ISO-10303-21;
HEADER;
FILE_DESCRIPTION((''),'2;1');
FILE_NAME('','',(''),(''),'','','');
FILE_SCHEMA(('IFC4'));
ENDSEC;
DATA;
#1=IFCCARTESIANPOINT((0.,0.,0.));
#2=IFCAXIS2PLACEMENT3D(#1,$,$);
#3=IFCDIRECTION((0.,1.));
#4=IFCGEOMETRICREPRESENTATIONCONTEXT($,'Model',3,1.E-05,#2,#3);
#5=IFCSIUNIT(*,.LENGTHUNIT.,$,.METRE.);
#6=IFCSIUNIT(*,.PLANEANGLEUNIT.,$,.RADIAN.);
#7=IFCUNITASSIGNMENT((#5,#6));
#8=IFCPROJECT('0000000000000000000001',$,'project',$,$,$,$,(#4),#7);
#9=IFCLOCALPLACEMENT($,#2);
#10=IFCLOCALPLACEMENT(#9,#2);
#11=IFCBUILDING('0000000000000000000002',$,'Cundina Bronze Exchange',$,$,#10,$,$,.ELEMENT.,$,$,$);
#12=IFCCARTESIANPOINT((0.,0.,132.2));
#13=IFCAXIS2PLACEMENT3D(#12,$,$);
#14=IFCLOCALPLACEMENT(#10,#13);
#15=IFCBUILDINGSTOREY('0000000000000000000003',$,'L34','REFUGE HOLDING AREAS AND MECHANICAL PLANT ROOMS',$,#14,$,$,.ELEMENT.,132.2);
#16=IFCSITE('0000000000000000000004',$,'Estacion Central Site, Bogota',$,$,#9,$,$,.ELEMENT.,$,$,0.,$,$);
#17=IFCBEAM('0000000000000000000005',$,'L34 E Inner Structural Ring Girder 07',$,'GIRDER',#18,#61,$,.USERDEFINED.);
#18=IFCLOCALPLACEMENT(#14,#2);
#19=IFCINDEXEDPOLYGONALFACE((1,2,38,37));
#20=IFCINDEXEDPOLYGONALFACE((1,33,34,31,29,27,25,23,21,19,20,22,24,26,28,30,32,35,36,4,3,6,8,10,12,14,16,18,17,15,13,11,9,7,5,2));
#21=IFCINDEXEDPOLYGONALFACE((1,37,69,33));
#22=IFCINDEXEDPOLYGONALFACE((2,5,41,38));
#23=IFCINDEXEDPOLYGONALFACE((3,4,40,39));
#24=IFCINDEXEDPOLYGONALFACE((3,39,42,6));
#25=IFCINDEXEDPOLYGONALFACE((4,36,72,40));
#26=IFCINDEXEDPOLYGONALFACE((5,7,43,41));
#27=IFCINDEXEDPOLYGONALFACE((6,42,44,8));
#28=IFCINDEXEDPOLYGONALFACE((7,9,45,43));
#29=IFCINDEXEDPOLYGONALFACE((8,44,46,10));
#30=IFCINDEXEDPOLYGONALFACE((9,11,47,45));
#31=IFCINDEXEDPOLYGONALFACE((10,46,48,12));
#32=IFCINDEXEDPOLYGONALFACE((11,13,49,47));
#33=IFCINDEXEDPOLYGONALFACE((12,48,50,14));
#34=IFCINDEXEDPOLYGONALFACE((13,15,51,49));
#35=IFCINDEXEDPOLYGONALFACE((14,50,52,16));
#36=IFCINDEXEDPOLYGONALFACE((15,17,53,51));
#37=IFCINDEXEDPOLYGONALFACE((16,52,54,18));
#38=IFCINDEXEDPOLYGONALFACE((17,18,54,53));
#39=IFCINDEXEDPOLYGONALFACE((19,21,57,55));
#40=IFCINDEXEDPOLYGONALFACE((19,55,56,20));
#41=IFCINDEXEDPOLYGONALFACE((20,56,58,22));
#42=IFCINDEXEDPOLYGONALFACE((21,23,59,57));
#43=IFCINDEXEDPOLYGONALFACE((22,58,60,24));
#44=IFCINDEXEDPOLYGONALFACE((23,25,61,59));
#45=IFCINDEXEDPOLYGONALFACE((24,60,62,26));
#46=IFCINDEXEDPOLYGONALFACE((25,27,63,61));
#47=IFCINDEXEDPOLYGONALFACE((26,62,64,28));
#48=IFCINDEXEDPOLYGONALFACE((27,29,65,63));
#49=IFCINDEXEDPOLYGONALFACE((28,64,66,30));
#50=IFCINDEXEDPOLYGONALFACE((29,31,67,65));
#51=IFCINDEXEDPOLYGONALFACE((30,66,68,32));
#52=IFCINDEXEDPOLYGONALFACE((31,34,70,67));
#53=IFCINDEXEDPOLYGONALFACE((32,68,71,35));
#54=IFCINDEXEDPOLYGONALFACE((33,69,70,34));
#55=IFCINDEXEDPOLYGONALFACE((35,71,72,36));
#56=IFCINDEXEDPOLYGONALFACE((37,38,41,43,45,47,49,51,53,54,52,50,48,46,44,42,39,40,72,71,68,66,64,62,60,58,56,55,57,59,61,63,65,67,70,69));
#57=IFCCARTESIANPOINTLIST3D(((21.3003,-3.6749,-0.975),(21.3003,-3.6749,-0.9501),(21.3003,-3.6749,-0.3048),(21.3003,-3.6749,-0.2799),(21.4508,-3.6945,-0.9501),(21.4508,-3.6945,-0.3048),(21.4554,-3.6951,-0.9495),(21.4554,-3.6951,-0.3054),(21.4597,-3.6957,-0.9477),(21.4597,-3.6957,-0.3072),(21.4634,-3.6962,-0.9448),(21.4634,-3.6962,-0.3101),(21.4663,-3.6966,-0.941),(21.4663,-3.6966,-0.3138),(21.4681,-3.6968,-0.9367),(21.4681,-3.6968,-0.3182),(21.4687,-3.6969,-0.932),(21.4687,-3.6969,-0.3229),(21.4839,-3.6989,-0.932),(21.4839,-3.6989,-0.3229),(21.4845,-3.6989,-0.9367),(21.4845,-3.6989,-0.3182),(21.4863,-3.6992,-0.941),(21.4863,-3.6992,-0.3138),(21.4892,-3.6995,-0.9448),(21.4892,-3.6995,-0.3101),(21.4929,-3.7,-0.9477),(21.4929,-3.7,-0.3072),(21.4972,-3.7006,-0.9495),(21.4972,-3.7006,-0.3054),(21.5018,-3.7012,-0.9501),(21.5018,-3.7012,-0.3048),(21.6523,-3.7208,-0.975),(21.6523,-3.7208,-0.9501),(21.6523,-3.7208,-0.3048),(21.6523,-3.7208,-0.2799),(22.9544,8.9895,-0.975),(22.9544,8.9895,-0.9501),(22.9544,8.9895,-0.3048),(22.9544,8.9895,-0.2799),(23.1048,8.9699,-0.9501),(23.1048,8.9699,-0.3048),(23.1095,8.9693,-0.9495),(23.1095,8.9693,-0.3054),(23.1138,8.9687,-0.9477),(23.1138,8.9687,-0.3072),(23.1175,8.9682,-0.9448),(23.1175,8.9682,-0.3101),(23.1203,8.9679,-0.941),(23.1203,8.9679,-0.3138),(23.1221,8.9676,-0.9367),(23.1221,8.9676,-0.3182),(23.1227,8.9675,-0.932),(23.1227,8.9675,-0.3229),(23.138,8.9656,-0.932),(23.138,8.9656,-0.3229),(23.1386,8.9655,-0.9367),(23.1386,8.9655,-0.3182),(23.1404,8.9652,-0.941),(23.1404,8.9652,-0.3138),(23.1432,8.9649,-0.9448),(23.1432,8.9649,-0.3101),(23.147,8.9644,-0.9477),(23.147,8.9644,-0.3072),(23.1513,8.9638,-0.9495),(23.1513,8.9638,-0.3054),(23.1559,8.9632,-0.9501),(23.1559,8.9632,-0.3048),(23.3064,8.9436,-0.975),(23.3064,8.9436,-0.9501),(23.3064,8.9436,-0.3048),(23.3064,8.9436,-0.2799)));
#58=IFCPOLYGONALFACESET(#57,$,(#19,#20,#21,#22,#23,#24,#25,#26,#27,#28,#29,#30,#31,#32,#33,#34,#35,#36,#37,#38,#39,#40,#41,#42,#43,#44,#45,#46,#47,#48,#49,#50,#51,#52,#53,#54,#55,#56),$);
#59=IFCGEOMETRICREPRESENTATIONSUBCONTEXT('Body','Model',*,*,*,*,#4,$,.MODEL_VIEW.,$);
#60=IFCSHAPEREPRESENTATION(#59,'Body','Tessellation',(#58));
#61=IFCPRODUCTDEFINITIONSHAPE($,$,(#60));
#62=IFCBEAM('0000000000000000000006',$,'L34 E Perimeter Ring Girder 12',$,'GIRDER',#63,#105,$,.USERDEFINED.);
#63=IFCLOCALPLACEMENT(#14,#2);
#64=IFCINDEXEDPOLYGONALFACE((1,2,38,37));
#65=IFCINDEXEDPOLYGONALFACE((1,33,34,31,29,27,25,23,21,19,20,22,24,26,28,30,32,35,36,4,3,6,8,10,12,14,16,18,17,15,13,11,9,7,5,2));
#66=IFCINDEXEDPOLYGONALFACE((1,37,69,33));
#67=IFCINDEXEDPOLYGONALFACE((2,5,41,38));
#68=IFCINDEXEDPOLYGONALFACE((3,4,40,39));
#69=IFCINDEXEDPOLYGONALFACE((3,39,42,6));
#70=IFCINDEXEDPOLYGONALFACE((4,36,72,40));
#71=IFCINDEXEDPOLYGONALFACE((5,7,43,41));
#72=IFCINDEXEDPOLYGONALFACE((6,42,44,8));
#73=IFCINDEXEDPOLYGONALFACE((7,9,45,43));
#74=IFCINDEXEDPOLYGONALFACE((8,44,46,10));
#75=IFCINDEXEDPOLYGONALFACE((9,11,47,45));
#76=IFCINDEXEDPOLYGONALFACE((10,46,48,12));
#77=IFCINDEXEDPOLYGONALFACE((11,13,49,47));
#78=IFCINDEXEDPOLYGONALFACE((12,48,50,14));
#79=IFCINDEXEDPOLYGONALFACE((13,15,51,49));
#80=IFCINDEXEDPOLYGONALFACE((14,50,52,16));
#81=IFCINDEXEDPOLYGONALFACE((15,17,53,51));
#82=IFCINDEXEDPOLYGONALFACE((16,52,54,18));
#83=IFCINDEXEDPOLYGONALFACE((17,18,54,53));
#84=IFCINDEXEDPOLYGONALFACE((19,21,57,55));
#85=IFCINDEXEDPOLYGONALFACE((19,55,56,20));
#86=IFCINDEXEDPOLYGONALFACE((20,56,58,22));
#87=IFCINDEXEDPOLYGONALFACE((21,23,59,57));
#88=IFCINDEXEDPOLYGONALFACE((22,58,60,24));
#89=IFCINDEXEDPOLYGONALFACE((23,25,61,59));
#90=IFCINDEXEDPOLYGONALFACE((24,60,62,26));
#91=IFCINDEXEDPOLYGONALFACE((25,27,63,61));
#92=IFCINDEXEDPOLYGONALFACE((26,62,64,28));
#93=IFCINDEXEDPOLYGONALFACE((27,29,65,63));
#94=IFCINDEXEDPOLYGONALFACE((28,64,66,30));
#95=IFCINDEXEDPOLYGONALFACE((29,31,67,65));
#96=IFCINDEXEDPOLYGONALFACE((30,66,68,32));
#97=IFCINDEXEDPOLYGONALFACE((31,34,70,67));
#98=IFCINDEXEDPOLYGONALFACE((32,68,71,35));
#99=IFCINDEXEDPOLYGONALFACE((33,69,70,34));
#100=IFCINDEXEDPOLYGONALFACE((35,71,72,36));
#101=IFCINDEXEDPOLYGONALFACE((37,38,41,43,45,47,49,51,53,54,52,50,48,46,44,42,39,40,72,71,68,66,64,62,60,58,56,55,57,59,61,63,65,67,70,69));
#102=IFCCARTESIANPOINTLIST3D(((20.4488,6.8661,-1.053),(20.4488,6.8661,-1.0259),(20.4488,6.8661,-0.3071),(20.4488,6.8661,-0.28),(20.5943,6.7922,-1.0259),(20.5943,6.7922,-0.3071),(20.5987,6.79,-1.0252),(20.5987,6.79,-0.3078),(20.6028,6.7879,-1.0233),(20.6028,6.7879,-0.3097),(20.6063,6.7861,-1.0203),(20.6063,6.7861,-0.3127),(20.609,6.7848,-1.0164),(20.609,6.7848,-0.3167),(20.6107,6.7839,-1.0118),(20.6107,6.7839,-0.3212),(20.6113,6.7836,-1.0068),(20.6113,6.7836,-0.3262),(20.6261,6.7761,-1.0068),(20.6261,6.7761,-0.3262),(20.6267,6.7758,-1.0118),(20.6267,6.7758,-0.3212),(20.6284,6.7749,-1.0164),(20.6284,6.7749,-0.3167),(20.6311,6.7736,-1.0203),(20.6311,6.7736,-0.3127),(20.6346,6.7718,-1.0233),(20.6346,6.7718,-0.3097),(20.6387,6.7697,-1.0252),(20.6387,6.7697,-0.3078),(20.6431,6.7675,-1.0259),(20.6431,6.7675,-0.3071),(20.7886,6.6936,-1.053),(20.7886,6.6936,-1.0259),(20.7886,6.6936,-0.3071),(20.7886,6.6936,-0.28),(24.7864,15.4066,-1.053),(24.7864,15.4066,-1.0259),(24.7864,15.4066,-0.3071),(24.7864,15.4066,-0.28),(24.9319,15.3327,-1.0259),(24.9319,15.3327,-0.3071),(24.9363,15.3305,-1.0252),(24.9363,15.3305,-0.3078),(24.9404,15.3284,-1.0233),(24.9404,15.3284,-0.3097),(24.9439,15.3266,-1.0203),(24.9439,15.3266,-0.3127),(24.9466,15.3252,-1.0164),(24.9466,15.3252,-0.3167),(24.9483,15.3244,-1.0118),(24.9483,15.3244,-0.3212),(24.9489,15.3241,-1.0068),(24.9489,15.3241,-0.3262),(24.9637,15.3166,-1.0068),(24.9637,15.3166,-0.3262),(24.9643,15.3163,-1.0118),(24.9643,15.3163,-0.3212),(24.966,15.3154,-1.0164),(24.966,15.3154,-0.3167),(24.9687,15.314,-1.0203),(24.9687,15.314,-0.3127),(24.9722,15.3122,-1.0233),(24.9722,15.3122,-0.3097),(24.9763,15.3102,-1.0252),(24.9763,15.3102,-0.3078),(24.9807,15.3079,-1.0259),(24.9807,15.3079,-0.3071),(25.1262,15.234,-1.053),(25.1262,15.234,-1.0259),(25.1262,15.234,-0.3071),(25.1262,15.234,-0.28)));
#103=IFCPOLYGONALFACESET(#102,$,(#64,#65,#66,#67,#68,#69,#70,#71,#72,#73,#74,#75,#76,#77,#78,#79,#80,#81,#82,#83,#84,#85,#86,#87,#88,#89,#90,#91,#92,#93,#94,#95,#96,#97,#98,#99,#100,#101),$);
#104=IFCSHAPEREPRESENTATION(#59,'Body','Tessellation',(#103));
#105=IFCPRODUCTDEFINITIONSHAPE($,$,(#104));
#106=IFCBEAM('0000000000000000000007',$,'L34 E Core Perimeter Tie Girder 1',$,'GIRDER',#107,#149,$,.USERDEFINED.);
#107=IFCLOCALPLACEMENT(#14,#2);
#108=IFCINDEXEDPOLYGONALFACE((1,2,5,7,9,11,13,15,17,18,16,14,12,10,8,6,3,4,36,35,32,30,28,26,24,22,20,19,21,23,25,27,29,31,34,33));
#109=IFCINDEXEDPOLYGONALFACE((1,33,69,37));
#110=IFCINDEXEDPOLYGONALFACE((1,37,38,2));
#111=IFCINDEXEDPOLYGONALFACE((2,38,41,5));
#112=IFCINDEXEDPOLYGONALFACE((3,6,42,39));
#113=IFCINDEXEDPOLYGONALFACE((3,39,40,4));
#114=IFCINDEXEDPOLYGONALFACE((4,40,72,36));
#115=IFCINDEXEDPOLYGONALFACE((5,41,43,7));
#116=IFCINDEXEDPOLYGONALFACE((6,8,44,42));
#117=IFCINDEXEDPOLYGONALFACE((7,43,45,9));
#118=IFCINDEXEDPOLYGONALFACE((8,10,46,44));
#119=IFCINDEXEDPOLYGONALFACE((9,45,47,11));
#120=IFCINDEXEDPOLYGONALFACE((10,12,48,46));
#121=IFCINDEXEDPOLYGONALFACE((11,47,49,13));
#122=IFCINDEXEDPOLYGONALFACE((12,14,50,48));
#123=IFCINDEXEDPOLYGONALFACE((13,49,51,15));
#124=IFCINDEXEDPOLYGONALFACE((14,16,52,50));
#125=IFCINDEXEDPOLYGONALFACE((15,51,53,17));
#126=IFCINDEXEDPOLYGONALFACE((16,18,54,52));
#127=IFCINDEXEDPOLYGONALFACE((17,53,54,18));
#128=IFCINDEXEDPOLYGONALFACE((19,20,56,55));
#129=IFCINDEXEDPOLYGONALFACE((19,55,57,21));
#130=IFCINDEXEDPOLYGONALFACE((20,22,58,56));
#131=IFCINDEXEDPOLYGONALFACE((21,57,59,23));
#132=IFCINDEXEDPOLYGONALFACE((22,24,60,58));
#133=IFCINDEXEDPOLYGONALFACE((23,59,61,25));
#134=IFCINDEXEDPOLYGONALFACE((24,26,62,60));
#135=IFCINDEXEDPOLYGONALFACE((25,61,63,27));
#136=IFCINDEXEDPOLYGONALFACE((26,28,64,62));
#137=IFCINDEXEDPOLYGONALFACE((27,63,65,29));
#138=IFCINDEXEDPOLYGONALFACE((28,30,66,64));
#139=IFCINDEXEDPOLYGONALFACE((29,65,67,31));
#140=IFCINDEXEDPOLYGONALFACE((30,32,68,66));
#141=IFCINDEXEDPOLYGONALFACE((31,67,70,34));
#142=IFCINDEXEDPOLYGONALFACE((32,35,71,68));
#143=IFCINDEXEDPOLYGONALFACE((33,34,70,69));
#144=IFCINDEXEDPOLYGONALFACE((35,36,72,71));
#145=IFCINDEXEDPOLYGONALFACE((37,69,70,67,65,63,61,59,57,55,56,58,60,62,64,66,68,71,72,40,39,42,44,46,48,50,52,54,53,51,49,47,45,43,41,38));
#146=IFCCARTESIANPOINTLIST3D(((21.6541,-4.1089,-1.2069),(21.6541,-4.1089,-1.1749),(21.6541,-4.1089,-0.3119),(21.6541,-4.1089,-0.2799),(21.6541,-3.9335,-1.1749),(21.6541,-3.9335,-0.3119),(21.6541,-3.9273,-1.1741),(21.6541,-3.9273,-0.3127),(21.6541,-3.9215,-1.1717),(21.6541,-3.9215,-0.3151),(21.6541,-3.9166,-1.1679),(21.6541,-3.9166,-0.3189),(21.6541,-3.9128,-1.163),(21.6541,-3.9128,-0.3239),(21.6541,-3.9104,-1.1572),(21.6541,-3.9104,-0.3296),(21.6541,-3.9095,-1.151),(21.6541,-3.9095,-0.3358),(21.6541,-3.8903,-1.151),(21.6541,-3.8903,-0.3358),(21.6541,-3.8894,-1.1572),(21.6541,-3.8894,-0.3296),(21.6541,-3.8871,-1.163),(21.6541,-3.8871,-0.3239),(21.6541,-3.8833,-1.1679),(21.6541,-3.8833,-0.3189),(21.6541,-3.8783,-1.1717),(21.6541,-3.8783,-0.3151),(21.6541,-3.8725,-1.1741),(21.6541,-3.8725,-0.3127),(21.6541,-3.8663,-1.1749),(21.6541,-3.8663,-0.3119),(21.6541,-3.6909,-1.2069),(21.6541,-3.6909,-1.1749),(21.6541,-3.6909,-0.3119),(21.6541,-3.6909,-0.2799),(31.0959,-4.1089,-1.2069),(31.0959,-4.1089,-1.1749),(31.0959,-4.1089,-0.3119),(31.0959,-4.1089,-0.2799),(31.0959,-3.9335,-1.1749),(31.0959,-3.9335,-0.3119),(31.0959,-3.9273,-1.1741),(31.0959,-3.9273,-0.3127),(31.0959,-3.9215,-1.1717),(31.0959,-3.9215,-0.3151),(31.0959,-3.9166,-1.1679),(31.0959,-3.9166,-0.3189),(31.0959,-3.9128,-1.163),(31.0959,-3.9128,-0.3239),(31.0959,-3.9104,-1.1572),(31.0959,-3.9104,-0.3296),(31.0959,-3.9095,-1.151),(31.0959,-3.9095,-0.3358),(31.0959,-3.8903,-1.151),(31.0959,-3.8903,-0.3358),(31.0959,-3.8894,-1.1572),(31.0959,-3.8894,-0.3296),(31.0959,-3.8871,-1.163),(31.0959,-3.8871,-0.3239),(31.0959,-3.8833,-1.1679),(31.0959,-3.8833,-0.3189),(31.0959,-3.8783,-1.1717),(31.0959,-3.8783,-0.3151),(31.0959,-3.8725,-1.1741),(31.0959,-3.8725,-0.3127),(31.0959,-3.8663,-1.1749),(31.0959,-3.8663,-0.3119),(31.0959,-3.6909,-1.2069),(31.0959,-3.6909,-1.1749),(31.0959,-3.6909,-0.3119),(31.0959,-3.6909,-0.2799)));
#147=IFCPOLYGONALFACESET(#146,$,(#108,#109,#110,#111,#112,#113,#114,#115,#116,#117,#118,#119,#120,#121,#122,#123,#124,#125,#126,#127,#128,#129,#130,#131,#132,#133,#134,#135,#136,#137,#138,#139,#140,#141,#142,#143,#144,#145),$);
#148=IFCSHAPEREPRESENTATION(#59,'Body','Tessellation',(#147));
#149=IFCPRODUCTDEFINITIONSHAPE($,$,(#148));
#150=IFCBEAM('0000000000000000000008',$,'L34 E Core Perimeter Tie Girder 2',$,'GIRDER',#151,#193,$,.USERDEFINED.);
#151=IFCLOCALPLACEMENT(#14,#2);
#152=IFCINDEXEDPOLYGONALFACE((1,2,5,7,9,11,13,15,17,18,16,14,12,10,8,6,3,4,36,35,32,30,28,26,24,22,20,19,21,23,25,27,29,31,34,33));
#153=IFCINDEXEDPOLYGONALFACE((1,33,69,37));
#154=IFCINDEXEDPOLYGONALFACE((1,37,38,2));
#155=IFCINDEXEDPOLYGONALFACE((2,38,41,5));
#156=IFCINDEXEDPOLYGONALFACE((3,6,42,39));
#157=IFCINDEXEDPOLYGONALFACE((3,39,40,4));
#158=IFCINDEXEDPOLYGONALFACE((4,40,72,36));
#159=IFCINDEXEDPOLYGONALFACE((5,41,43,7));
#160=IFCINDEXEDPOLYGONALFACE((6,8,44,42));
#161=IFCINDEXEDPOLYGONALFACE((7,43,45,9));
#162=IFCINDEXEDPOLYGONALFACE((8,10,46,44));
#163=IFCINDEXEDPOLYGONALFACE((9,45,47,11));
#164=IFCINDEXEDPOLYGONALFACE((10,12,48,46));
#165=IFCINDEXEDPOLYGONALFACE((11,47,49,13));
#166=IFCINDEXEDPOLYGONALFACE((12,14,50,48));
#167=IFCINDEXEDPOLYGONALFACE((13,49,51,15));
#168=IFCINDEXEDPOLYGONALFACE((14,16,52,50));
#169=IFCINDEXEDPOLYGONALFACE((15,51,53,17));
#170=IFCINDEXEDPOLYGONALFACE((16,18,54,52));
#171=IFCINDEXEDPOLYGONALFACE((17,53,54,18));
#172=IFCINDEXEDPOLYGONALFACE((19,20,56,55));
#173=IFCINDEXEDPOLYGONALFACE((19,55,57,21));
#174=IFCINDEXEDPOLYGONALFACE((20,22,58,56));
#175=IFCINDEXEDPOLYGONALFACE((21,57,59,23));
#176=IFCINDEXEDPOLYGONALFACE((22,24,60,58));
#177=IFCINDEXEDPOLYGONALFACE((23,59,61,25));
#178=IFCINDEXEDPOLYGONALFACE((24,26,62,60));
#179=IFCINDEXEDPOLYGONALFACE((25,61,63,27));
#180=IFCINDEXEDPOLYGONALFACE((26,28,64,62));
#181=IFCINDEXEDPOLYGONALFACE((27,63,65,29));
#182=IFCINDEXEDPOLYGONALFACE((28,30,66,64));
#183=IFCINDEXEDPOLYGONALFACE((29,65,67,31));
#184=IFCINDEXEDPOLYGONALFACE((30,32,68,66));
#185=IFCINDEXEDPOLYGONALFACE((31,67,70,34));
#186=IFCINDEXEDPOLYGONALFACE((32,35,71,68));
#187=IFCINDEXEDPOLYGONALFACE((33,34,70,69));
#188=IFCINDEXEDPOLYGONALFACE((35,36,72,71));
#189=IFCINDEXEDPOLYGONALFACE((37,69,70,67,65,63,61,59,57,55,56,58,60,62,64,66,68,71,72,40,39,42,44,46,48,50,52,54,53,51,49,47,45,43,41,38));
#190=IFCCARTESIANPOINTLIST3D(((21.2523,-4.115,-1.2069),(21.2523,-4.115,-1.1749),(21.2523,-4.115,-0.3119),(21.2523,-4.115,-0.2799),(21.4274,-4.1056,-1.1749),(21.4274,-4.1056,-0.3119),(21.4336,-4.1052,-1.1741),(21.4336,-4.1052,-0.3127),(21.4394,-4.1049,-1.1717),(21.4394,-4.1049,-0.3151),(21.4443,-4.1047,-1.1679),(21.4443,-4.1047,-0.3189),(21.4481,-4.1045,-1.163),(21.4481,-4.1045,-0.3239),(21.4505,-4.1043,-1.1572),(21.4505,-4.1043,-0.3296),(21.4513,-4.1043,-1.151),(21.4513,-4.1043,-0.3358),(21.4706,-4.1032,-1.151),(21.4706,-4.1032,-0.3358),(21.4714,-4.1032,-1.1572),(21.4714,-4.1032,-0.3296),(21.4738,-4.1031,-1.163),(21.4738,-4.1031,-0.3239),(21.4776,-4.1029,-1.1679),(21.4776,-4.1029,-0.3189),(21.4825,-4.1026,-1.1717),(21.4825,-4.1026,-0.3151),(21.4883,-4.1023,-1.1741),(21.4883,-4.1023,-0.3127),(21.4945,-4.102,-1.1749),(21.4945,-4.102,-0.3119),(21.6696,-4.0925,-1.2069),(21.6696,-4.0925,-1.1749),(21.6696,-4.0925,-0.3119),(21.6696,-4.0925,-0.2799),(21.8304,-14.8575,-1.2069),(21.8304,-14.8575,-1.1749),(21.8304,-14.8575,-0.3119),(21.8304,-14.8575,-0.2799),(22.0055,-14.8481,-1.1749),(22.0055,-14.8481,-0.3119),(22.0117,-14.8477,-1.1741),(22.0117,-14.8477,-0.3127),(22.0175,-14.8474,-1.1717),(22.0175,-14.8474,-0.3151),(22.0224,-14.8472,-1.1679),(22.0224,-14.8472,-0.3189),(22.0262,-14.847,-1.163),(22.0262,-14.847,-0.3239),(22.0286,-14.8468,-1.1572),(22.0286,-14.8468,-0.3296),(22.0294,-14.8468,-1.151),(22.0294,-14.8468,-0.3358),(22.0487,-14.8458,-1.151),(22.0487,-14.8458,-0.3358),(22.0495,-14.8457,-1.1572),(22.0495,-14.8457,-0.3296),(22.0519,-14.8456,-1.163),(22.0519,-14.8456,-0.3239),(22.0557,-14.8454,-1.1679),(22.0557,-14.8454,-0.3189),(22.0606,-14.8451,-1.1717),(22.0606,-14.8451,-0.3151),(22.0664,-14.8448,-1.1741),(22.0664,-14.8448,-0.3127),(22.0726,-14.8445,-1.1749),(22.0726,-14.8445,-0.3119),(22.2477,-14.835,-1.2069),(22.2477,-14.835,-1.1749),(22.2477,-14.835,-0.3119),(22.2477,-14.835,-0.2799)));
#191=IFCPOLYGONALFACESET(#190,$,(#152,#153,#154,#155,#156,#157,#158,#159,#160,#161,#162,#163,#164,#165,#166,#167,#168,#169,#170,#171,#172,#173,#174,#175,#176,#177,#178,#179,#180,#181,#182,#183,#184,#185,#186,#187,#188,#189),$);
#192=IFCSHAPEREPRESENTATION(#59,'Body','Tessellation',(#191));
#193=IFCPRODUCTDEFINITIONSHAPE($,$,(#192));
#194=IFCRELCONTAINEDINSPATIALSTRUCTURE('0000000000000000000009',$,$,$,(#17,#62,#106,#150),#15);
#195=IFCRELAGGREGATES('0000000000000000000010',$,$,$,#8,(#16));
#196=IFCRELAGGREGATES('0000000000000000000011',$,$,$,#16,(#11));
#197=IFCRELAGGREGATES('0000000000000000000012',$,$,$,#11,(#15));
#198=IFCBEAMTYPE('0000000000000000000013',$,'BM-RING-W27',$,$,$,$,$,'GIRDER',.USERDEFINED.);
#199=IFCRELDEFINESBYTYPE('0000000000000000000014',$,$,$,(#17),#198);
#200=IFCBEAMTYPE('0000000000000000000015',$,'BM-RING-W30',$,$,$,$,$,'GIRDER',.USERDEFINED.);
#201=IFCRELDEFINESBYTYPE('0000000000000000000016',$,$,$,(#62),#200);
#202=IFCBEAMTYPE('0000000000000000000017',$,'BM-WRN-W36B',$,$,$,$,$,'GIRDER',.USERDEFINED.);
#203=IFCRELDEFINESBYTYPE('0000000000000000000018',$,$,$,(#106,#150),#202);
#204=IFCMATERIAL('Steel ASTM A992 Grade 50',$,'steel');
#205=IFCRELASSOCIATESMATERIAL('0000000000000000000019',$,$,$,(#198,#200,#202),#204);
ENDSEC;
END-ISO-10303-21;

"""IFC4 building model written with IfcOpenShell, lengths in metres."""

from ifc_helpers import new_model, si_unit, direction, frame, origin, origin_2d, place, context, subcontext, project, spatial, i_section, extrude, material, material_profile, profile_set, type_object, element, save


model = new_model("IFC4")

# Units and contexts
model_context = context("Model", 3, precision=1e-05, world=origin(), true_north=direction((0.0, 1.0)))
body_context = subcontext(model_context, "Body", "Model", "MODEL_VIEW")
ifc_project = project(units=[si_unit("LENGTHUNIT", "METRE"), si_unit("PLANEANGLEUNIT", "RADIAN")], contexts=[model_context])

# Site, building, storey
site_placement = place(None, origin())
site = spatial("IfcSite", under=ifc_project, at=site_placement, Name="Estacion Central Site, Bogota", CompositionType="ELEMENT", RefElevation=0.0)
building_placement = place(site_placement, origin())
building = spatial("IfcBuilding", under=site, at=building_placement, Name="Cundina Bronze Exchange", CompositionType="ELEMENT")
storey_placement = place(building_placement, frame((0.0, 0.0, 132.2)))
storey = spatial("IfcBuildingStorey", under=building, at=storey_placement, Name="L34", Description="REFUGE HOLDING AREAS AND MECHANICAL PLANT ROOMS", CompositionType="ELEMENT", Elevation=132.2)

# Shared definitions
ifc_material_1 = material(Name="Steel ASTM A992 Grade 50", Category="steel")

# Beams
ifc_material_profile_1 = material_profile(ifc_material_1, i_section(OverallWidth=0.355, OverallDepth=0.6951, WebThickness=0.0154, FlangeThickness=0.0249, FilletRadius=0.0181, at=origin_2d()), Name="W27X146", Category="steel")
ifc_profile_set_1 = profile_set([ifc_material_profile_1], Name="Steel ASTM A992 Grade 50")
beam_type_1 = type_object("IfcBeamType", Name="BM-RING-W27", ElementType="GIRDER", PredefinedType="USERDEFINED", material=ifc_profile_set_1)
beam_1_placement = place(storey_placement, frame((23.1304, 8.9666, -0.6274), z_axis=(-0.129508, -0.991578, 0.0), x_axis=(0.991578, -0.129508, 0.0)))
element("IfcBeam", 1, at=beam_1_placement, inside=storey, type_object=beam_type_1, Name="L34 E Inner Structural Ring Girder 07", ObjectType="GIRDER", PredefinedType="USERDEFINED", context=body_context, shape_type="SweptSolid", body=[
    extrude(i_section(OverallWidth=0.355, OverallDepth=0.6951, WebThickness=0.0154, FlangeThickness=0.0249, FilletRadius=0.0181, at=origin_2d()), origin(), (0.0, 0.0, 1.0), 12.772),
])
ifc_material_profile_2 = material_profile(ifc_material_1, i_section(OverallWidth=0.3811, OverallDepth=0.7729, WebThickness=0.0166, FlangeThickness=0.0271, FilletRadius=0.019, at=origin_2d()), Name="W30X173", Category="steel")
ifc_profile_set_2 = profile_set([ifc_material_profile_2], Name="Steel ASTM A992 Grade 50")
beam_type_2 = type_object("IfcBeamType", Name="BM-RING-W30", ElementType="GIRDER", PredefinedType="USERDEFINED", material=ifc_profile_set_2)
beam_2_placement = place(storey_placement, frame((24.9563, 15.3203, -0.6665), z_axis=(-0.452832, -0.891596, 0.0), x_axis=(0.891596, -0.452832, 0.0)))
element("IfcBeam", 2, at=beam_2_placement, inside=storey, type_object=beam_type_2, Name="L34 E Perimeter Ring Girder 12", ObjectType="GIRDER", PredefinedType="USERDEFINED", context=body_context, shape_type="SweptSolid", body=[
    extrude(i_section(OverallWidth=0.3811, OverallDepth=0.7729, WebThickness=0.0166, FlangeThickness=0.0271, FilletRadius=0.019, at=origin_2d()), origin(), (0.0, 0.0, 1.0), 9.5789),
])
ifc_material_profile_3 = material_profile(ifc_material_1, i_section(OverallWidth=0.418, OverallDepth=0.927, WebThickness=0.0193, FlangeThickness=0.032, FilletRadius=0.0239, at=origin_2d()), Name="W36X231", Category="steel")
ifc_profile_set_3 = profile_set([ifc_material_profile_3], Name="Steel ASTM A992 Grade 50")
beam_type_3 = type_object("IfcBeamType", Name="BM-WRN-W36B", ElementType="GIRDER", PredefinedType="USERDEFINED", material=ifc_profile_set_3)
beam_3_placement = place(storey_placement, frame((31.0959, -3.8999, -0.7434), z_axis=(-1.0, 0.0, 0.0), x_axis=(0.0, -1.0, 0.0)))
element("IfcBeam", 3, at=beam_3_placement, inside=storey, type_object=beam_type_3, Name="L34 E Core Perimeter Tie Girder 1", ObjectType="GIRDER", PredefinedType="USERDEFINED", context=body_context, shape_type="SweptSolid", body=[
    extrude(i_section(OverallWidth=0.418, OverallDepth=0.927, WebThickness=0.0193, FlangeThickness=0.032, FilletRadius=0.0239, at=origin_2d()), origin(), (0.0, 0.0, 1.0), 9.4419),
])
beam_4_placement = place(storey_placement, frame((21.4609, -4.1038, -0.7434), z_axis=(0.053739, -0.998555, 0.0), x_axis=(0.998555, 0.053739, 0.0)))
element("IfcBeam", 4, at=beam_4_placement, inside=storey, type_object=beam_type_3, Name="L34 E Core Perimeter Tie Girder 2", ObjectType="GIRDER", PredefinedType="USERDEFINED", context=body_context, shape_type="SweptSolid", body=[
    extrude(i_section(OverallWidth=0.418, OverallDepth=0.927, WebThickness=0.0193, FlangeThickness=0.032, FilletRadius=0.0239, at=origin_2d()), origin(), (0.0, 0.0, 1.0), 10.7581),
])

save(model, "model.ifc")
